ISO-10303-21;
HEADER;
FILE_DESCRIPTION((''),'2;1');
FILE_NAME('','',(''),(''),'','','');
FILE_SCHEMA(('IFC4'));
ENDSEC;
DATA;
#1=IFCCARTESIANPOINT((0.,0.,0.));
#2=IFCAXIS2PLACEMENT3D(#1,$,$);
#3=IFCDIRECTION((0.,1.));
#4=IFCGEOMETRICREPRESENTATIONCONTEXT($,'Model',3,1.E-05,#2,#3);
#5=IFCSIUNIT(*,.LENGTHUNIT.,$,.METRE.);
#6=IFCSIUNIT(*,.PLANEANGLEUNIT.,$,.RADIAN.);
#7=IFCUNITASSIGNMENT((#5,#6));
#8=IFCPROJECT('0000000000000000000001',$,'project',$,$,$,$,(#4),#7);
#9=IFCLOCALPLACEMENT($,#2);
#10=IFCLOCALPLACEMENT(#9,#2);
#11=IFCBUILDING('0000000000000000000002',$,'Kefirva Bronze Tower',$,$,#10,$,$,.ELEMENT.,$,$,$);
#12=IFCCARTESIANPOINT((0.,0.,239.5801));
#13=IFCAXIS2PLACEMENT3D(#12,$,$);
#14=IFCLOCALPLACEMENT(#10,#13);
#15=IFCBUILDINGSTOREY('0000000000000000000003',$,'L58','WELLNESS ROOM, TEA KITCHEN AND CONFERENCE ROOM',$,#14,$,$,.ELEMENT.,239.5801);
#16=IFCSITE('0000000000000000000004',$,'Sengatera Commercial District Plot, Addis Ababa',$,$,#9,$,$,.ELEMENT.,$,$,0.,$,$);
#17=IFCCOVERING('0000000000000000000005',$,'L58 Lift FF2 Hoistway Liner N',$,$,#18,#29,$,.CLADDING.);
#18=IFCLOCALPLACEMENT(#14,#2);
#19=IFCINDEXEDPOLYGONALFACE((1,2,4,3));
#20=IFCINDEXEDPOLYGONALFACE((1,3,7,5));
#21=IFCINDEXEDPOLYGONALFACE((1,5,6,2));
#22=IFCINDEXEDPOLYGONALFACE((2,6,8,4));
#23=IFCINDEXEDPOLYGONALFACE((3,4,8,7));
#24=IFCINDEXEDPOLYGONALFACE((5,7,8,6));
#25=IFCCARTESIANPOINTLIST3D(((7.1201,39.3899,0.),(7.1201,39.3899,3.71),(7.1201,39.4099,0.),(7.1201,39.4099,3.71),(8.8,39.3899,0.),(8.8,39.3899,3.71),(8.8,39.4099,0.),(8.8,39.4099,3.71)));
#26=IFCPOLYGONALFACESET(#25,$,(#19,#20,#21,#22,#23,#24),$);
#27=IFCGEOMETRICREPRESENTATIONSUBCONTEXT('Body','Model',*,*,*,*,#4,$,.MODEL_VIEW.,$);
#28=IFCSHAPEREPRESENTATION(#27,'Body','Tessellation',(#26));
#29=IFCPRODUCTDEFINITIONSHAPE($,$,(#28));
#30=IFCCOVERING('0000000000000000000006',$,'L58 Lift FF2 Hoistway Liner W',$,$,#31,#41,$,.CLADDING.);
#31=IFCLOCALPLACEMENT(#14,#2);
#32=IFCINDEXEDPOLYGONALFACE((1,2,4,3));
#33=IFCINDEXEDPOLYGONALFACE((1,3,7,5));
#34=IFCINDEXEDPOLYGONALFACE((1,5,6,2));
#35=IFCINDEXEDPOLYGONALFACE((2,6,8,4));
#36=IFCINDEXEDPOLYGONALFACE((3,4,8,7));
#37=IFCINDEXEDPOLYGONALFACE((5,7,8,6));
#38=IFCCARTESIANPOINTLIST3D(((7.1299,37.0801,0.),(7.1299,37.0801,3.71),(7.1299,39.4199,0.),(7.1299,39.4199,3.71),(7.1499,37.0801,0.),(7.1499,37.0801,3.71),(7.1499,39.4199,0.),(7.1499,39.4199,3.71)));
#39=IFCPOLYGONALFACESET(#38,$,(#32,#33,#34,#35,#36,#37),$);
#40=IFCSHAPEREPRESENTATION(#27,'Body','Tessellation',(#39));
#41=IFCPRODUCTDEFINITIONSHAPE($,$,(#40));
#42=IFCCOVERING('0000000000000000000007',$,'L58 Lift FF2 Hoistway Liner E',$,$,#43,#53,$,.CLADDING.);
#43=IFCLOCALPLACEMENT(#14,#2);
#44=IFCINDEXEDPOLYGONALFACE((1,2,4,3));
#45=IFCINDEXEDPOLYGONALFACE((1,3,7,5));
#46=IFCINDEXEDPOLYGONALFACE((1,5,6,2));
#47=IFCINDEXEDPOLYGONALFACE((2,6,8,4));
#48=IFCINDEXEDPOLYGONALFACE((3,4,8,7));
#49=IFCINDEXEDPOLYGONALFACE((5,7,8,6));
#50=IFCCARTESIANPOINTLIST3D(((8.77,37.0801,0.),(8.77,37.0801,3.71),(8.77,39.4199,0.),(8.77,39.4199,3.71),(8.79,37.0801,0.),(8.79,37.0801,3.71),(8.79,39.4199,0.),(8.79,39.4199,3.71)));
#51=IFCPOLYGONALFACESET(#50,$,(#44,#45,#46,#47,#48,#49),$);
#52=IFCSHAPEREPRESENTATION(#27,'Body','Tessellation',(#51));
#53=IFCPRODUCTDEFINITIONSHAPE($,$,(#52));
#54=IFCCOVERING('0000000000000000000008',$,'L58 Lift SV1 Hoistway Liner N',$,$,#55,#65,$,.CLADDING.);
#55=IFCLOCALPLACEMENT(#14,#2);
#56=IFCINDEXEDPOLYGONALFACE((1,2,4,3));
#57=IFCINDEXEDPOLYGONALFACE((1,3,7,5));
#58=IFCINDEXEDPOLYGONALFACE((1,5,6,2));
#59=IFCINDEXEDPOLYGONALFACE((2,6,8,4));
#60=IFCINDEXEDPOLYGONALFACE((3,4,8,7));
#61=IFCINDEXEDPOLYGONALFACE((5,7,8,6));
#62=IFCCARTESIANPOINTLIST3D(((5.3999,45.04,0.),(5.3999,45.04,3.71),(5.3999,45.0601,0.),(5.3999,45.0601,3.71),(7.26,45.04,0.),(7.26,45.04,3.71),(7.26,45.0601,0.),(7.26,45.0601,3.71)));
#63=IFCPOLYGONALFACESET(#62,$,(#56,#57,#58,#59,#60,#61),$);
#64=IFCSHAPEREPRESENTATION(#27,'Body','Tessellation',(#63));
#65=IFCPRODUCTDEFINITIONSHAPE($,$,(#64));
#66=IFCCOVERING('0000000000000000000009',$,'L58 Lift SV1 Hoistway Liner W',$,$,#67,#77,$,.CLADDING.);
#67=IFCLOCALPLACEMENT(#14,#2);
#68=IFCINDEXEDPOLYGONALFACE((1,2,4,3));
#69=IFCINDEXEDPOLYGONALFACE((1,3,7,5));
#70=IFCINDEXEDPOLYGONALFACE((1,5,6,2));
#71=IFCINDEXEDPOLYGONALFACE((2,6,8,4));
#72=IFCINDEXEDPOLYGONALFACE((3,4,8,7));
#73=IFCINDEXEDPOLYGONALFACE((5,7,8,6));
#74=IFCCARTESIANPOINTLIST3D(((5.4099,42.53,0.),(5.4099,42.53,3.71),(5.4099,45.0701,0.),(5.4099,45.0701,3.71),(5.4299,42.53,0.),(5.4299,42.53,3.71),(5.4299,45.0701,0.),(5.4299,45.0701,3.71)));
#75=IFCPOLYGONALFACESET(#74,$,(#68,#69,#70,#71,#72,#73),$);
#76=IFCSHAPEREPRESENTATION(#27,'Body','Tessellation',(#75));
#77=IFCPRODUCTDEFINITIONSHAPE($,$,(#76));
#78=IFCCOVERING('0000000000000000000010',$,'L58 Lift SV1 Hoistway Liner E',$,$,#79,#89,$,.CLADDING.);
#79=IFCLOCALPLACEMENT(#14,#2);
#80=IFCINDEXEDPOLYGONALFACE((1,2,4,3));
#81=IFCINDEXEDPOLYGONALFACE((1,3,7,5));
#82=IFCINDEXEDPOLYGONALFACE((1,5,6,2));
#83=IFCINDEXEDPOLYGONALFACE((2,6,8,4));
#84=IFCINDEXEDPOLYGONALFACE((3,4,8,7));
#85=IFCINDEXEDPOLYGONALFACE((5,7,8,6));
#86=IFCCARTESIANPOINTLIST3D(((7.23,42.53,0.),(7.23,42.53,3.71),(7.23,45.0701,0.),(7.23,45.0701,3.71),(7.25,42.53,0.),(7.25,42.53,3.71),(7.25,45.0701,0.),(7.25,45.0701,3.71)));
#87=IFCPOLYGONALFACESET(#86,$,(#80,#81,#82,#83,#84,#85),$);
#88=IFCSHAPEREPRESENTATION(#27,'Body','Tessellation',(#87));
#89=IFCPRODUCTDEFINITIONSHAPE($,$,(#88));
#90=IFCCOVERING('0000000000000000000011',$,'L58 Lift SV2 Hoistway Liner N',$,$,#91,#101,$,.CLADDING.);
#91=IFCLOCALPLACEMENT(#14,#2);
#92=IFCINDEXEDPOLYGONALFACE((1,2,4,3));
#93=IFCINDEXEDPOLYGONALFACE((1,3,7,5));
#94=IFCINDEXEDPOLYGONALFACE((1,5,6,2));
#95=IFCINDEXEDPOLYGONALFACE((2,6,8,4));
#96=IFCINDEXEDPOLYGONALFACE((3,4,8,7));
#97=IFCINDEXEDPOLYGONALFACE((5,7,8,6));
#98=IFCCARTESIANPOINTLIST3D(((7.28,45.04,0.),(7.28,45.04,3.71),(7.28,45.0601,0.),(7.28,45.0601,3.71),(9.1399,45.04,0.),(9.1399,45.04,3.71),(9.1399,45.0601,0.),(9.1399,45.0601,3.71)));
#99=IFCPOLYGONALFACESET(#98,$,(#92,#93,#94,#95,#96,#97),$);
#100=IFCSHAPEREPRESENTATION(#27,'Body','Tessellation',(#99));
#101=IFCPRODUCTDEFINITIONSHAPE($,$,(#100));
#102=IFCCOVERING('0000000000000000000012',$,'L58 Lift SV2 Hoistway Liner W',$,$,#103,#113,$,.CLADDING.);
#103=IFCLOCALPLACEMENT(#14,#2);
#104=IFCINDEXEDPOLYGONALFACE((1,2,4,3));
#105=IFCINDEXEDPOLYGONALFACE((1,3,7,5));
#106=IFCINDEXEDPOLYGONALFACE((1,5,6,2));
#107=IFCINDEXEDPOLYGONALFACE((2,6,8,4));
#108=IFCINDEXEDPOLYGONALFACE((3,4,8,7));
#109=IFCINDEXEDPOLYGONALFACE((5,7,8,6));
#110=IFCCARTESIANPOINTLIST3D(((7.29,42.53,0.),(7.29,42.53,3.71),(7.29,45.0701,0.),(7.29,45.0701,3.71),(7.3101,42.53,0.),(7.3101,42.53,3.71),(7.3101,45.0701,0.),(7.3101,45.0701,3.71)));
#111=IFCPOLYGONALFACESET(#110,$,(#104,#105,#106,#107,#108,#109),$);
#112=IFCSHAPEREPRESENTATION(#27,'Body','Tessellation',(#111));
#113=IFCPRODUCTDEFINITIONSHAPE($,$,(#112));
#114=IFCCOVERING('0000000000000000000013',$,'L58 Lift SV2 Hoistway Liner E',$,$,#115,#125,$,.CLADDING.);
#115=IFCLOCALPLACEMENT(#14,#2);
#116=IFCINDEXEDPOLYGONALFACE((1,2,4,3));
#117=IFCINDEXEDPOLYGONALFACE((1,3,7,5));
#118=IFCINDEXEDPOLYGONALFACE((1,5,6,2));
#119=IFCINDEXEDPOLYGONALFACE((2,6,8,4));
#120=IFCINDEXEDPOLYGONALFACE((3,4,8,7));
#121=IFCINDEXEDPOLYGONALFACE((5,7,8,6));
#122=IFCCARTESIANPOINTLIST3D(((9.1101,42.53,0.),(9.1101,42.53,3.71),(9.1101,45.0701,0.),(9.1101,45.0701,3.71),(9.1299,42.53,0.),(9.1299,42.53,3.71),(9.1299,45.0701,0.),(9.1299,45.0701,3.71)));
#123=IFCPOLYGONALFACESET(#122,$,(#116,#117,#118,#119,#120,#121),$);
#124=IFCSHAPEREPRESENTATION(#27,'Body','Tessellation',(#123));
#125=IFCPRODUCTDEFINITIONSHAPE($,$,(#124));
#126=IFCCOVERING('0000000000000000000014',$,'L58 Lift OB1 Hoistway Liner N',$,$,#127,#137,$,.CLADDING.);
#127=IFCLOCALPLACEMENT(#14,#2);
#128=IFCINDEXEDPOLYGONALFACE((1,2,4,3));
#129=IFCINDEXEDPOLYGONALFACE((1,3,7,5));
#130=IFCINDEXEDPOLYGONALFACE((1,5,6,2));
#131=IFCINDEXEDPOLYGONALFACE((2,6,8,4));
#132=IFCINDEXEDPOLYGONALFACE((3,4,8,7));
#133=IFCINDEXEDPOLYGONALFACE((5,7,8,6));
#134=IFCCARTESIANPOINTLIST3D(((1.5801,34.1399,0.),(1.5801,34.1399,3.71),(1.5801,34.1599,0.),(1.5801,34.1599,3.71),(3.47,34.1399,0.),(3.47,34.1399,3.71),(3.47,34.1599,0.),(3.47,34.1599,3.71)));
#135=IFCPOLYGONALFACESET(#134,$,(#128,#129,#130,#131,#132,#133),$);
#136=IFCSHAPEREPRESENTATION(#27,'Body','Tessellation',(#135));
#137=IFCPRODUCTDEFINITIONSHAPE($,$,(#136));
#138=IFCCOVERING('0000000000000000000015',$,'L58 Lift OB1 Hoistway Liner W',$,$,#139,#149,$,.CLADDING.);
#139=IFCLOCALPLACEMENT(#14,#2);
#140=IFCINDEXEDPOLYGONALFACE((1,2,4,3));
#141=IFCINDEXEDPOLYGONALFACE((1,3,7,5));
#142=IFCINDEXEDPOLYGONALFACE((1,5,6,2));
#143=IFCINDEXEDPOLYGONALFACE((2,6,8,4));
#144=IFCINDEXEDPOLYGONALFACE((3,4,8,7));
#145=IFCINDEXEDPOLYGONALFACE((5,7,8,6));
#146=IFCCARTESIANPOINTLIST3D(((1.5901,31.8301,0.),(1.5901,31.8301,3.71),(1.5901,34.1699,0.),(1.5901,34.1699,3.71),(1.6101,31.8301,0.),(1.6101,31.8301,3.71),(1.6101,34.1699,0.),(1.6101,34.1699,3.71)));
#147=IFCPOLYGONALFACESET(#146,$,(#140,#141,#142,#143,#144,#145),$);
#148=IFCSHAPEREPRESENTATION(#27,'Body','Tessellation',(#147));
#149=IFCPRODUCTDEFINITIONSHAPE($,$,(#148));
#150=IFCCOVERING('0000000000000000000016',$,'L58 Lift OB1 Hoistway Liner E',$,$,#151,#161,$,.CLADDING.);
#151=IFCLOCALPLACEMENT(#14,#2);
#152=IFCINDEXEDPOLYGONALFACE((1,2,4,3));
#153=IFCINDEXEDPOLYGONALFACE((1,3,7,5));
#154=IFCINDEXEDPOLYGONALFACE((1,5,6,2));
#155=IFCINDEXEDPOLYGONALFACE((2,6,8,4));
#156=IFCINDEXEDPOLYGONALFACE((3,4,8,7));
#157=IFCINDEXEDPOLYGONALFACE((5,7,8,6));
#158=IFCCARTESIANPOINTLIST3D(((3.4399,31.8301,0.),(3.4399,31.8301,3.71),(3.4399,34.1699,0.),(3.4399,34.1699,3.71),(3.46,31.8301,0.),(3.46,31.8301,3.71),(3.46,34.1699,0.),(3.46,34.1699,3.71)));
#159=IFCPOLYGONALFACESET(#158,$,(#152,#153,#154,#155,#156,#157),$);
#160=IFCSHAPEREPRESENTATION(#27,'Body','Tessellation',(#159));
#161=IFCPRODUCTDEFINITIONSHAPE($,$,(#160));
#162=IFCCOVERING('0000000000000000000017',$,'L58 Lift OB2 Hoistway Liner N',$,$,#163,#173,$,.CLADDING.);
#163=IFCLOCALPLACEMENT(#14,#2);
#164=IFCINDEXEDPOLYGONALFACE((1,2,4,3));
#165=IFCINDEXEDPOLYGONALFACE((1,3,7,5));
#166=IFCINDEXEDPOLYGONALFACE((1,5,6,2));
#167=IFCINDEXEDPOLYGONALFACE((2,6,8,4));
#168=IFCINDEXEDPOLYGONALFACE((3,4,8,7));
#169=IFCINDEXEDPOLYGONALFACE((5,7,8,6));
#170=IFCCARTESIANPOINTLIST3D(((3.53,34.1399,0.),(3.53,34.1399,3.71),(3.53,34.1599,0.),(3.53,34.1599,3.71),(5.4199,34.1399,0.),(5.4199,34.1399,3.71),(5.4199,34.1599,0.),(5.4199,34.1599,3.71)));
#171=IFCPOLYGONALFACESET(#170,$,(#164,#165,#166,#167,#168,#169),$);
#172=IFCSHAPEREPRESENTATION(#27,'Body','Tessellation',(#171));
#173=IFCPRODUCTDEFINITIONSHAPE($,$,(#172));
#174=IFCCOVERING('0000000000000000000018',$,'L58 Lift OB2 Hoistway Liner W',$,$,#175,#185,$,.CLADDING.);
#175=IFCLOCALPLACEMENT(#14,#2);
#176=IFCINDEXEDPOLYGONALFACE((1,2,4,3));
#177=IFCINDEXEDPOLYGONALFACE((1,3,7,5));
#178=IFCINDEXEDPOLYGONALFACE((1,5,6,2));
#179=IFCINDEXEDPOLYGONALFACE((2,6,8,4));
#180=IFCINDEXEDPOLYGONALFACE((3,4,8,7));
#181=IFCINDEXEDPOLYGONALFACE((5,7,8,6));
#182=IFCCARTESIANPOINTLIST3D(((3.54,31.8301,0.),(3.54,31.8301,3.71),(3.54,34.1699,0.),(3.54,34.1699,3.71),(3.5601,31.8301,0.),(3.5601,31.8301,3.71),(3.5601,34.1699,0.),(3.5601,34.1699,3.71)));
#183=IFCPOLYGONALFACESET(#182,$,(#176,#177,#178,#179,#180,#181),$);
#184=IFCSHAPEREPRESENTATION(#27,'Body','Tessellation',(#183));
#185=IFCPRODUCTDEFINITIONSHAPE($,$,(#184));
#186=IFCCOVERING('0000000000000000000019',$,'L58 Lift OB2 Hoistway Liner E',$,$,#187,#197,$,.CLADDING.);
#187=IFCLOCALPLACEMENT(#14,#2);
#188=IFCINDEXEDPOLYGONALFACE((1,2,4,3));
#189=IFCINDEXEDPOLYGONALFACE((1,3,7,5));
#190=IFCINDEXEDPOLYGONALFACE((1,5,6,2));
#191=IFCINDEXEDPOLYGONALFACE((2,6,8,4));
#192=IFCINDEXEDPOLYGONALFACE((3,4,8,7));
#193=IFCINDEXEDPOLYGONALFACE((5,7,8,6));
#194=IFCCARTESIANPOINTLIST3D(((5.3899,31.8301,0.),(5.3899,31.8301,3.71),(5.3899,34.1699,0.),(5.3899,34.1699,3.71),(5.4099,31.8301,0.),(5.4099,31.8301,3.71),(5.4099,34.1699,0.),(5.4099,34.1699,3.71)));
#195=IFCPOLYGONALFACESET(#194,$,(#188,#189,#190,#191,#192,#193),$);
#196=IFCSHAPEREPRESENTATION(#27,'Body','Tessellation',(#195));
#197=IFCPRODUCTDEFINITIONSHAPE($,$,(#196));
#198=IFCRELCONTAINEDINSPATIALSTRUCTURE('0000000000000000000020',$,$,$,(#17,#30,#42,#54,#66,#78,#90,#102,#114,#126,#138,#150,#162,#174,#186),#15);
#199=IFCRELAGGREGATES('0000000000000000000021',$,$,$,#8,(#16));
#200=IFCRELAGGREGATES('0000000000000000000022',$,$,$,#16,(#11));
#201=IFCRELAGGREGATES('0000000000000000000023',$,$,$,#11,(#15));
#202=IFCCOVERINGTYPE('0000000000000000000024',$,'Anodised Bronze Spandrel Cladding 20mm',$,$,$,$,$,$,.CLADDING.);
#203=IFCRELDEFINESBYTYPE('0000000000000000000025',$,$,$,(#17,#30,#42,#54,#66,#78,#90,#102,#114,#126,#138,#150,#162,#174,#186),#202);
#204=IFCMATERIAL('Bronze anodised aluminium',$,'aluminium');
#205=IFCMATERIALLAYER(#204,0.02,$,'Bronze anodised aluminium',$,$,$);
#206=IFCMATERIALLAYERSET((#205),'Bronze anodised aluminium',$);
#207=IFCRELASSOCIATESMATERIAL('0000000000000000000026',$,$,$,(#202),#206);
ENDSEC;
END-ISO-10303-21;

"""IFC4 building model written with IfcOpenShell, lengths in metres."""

from ifc_helpers import new_model, si_unit, direction, frame, origin, place, context, subcontext, project, spatial, polyline, outline, extrude, material, layer, layer_set, type_object, element, save


model = new_model("IFC4")

# Units and contexts
model_context = context("Model", 3, precision=1e-05, world=origin(), true_north=direction((0.0, 1.0)))
body_context = subcontext(model_context, "Body", "Model", "MODEL_VIEW")
ifc_project = project(units=[si_unit("LENGTHUNIT", "METRE"), si_unit("PLANEANGLEUNIT", "RADIAN")], contexts=[model_context])

# Site, building, storey
site_placement = place(None, origin())
site = spatial("IfcSite", under=ifc_project, at=site_placement, Name="Sengatera Commercial District Plot, Addis Ababa", CompositionType="ELEMENT", RefElevation=0.0)
building_placement = place(site_placement, origin())
building = spatial("IfcBuilding", under=site, at=building_placement, Name="Kefirva Bronze Tower", CompositionType="ELEMENT")
storey_placement = place(building_placement, frame((0.0, 0.0, 239.5801)))
storey = spatial("IfcBuildingStorey", under=building, at=storey_placement, Name="L58", Description="WELLNESS ROOM, TEA KITCHEN AND CONFERENCE ROOM", CompositionType="ELEMENT", Elevation=239.5801)

# Coverings
ifc_material_1 = material(Name="Bronze anodised aluminium", Category="aluminium")
ifc_layer_1 = layer(ifc_material_1, 0.02, Name="Bronze anodised aluminium")
ifc_layer_set_1 = layer_set([ifc_layer_1], Name="Bronze anodised aluminium")
covering_type_1 = type_object("IfcCoveringType", Name="Anodised Bronze Spandrel Cladding 20mm", PredefinedType="CLADDING", material=ifc_layer_set_1)
covering_1_placement = place(storey_placement, origin())
element("IfcCovering", 1, at=covering_1_placement, inside=storey, type_object=covering_type_1, Name="L58 Lift FF2 Hoistway Liner N", PredefinedType="CLADDING", context=body_context, shape_type="SweptSolid", body=[
    extrude(outline(polyline([(7.1201, 39.3899), (8.8, 39.3899), (8.8, 39.4099), (7.1201, 39.4099), (7.1201, 39.3899)])), origin(), (0.0, 0.0, 1.0), 3.71),
])
covering_2_placement = place(storey_placement, origin())
element("IfcCovering", 2, at=covering_2_placement, inside=storey, type_object=covering_type_1, Name="L58 Lift FF2 Hoistway Liner W", PredefinedType="CLADDING", context=body_context, shape_type="SweptSolid", body=[
    extrude(outline(polyline([(7.1299, 37.0801), (7.1499, 37.0801), (7.1499, 39.4199), (7.1299, 39.4199), (7.1299, 37.0801)])), origin(), (0.0, 0.0, 1.0), 3.71),
])
covering_3_placement = place(storey_placement, origin())
element("IfcCovering", 3, at=covering_3_placement, inside=storey, type_object=covering_type_1, Name="L58 Lift FF2 Hoistway Liner E", PredefinedType="CLADDING", context=body_context, shape_type="SweptSolid", body=[
    extrude(outline(polyline([(8.77, 37.0801), (8.79, 37.0801), (8.79, 39.4199), (8.77, 39.4199), (8.77, 37.0801)])), origin(), (0.0, 0.0, 1.0), 3.71),
])
covering_4_placement = place(storey_placement, origin())
element("IfcCovering", 4, at=covering_4_placement, inside=storey, type_object=covering_type_1, Name="L58 Lift SV1 Hoistway Liner N", PredefinedType="CLADDING", context=body_context, shape_type="SweptSolid", body=[
    extrude(outline(polyline([(5.3999, 45.04), (7.26, 45.04), (7.26, 45.0601), (5.3999, 45.0601), (5.3999, 45.04)])), origin(), (0.0, 0.0, 1.0), 3.71),
])
covering_5_placement = place(storey_placement, origin())
element("IfcCovering", 5, at=covering_5_placement, inside=storey, type_object=covering_type_1, Name="L58 Lift SV1 Hoistway Liner W", PredefinedType="CLADDING", context=body_context, shape_type="SweptSolid", body=[
    extrude(outline(polyline([(5.4099, 42.53), (5.4299, 42.53), (5.4299, 45.0701), (5.4099, 45.0701), (5.4099, 42.53)])), origin(), (0.0, 0.0, 1.0), 3.71),
])
covering_6_placement = place(storey_placement, origin())
element("IfcCovering", 6, at=covering_6_placement, inside=storey, type_object=covering_type_1, Name="L58 Lift SV1 Hoistway Liner E", PredefinedType="CLADDING", context=body_context, shape_type="SweptSolid", body=[
    extrude(outline(polyline([(7.23, 42.53), (7.25, 42.53), (7.25, 45.0701), (7.23, 45.0701), (7.23, 42.53)])), origin(), (0.0, 0.0, 1.0), 3.71),
])
covering_7_placement = place(storey_placement, origin())
element("IfcCovering", 7, at=covering_7_placement, inside=storey, type_object=covering_type_1, Name="L58 Lift SV2 Hoistway Liner N", PredefinedType="CLADDING", context=body_context, shape_type="SweptSolid", body=[
    extrude(outline(polyline([(7.28, 45.04), (9.1399, 45.04), (9.1399, 45.0601), (7.28, 45.0601), (7.28, 45.04)])), origin(), (0.0, 0.0, 1.0), 3.71),
])
covering_8_placement = place(storey_placement, origin())
element("IfcCovering", 8, at=covering_8_placement, inside=storey, type_object=covering_type_1, Name="L58 Lift SV2 Hoistway Liner W", PredefinedType="CLADDING", context=body_context, shape_type="SweptSolid", body=[
    extrude(outline(polyline([(7.29, 42.53), (7.3101, 42.53), (7.3101, 45.0701), (7.29, 45.0701), (7.29, 42.53)])), origin(), (0.0, 0.0, 1.0), 3.71),
])
covering_9_placement = place(storey_placement, origin())
element("IfcCovering", 9, at=covering_9_placement, inside=storey, type_object=covering_type_1, Name="L58 Lift SV2 Hoistway Liner E", PredefinedType="CLADDING", context=body_context, shape_type="SweptSolid", body=[
    extrude(outline(polyline([(9.1101, 42.53), (9.1299, 42.53), (9.1299, 45.0701), (9.1101, 45.0701), (9.1101, 42.53)])), origin(), (0.0, 0.0, 1.0), 3.71),
])
covering_10_placement = place(storey_placement, origin())
element("IfcCovering", 10, at=covering_10_placement, inside=storey, type_object=covering_type_1, Name="L58 Lift OB1 Hoistway Liner N", PredefinedType="CLADDING", context=body_context, shape_type="SweptSolid", body=[
    extrude(outline(polyline([(1.5801, 34.1399), (3.47, 34.1399), (3.47, 34.1599), (1.5801, 34.1599), (1.5801, 34.1399)])), origin(), (0.0, 0.0, 1.0), 3.71),
])
covering_11_placement = place(storey_placement, origin())
element("IfcCovering", 11, at=covering_11_placement, inside=storey, type_object=covering_type_1, Name="L58 Lift OB1 Hoistway Liner W", PredefinedType="CLADDING", context=body_context, shape_type="SweptSolid", body=[
    extrude(outline(polyline([(1.5901, 31.8301), (1.6101, 31.8301), (1.6101, 34.1699), (1.5901, 34.1699), (1.5901, 31.8301)])), origin(), (0.0, 0.0, 1.0), 3.71),
])
covering_12_placement = place(storey_placement, origin())
element("IfcCovering", 12, at=covering_12_placement, inside=storey, type_object=covering_type_1, Name="L58 Lift OB1 Hoistway Liner E", PredefinedType="CLADDING", context=body_context, shape_type="SweptSolid", body=[
    extrude(outline(polyline([(3.4399, 31.8301), (3.46, 31.8301), (3.46, 34.1699), (3.4399, 34.1699), (3.4399, 31.8301)])), origin(), (0.0, 0.0, 1.0), 3.71),
])
covering_13_placement = place(storey_placement, origin())
element("IfcCovering", 13, at=covering_13_placement, inside=storey, type_object=covering_type_1, Name="L58 Lift OB2 Hoistway Liner N", PredefinedType="CLADDING", context=body_context, shape_type="SweptSolid", body=[
    extrude(outline(polyline([(3.53, 34.1399), (5.4199, 34.1399), (5.4199, 34.1599), (3.53, 34.1599), (3.53, 34.1399)])), origin(), (0.0, 0.0, 1.0), 3.71),
])
covering_14_placement = place(storey_placement, origin())
element("IfcCovering", 14, at=covering_14_placement, inside=storey, type_object=covering_type_1, Name="L58 Lift OB2 Hoistway Liner W", PredefinedType="CLADDING", context=body_context, shape_type="SweptSolid", body=[
    extrude(outline(polyline([(3.54, 31.8301), (3.5601, 31.8301), (3.5601, 34.1699), (3.54, 34.1699), (3.54, 31.8301)])), origin(), (0.0, 0.0, 1.0), 3.71),
])
covering_15_placement = place(storey_placement, origin())
element("IfcCovering", 15, at=covering_15_placement, inside=storey, type_object=covering_type_1, Name="L58 Lift OB2 Hoistway Liner E", PredefinedType="CLADDING", context=body_context, shape_type="SweptSolid", body=[
    extrude(outline(polyline([(5.3899, 31.8301), (5.4099, 31.8301), (5.4099, 34.1699), (5.3899, 34.1699), (5.3899, 31.8301)])), origin(), (0.0, 0.0, 1.0), 3.71),
])

save(model, "model.ifc")
